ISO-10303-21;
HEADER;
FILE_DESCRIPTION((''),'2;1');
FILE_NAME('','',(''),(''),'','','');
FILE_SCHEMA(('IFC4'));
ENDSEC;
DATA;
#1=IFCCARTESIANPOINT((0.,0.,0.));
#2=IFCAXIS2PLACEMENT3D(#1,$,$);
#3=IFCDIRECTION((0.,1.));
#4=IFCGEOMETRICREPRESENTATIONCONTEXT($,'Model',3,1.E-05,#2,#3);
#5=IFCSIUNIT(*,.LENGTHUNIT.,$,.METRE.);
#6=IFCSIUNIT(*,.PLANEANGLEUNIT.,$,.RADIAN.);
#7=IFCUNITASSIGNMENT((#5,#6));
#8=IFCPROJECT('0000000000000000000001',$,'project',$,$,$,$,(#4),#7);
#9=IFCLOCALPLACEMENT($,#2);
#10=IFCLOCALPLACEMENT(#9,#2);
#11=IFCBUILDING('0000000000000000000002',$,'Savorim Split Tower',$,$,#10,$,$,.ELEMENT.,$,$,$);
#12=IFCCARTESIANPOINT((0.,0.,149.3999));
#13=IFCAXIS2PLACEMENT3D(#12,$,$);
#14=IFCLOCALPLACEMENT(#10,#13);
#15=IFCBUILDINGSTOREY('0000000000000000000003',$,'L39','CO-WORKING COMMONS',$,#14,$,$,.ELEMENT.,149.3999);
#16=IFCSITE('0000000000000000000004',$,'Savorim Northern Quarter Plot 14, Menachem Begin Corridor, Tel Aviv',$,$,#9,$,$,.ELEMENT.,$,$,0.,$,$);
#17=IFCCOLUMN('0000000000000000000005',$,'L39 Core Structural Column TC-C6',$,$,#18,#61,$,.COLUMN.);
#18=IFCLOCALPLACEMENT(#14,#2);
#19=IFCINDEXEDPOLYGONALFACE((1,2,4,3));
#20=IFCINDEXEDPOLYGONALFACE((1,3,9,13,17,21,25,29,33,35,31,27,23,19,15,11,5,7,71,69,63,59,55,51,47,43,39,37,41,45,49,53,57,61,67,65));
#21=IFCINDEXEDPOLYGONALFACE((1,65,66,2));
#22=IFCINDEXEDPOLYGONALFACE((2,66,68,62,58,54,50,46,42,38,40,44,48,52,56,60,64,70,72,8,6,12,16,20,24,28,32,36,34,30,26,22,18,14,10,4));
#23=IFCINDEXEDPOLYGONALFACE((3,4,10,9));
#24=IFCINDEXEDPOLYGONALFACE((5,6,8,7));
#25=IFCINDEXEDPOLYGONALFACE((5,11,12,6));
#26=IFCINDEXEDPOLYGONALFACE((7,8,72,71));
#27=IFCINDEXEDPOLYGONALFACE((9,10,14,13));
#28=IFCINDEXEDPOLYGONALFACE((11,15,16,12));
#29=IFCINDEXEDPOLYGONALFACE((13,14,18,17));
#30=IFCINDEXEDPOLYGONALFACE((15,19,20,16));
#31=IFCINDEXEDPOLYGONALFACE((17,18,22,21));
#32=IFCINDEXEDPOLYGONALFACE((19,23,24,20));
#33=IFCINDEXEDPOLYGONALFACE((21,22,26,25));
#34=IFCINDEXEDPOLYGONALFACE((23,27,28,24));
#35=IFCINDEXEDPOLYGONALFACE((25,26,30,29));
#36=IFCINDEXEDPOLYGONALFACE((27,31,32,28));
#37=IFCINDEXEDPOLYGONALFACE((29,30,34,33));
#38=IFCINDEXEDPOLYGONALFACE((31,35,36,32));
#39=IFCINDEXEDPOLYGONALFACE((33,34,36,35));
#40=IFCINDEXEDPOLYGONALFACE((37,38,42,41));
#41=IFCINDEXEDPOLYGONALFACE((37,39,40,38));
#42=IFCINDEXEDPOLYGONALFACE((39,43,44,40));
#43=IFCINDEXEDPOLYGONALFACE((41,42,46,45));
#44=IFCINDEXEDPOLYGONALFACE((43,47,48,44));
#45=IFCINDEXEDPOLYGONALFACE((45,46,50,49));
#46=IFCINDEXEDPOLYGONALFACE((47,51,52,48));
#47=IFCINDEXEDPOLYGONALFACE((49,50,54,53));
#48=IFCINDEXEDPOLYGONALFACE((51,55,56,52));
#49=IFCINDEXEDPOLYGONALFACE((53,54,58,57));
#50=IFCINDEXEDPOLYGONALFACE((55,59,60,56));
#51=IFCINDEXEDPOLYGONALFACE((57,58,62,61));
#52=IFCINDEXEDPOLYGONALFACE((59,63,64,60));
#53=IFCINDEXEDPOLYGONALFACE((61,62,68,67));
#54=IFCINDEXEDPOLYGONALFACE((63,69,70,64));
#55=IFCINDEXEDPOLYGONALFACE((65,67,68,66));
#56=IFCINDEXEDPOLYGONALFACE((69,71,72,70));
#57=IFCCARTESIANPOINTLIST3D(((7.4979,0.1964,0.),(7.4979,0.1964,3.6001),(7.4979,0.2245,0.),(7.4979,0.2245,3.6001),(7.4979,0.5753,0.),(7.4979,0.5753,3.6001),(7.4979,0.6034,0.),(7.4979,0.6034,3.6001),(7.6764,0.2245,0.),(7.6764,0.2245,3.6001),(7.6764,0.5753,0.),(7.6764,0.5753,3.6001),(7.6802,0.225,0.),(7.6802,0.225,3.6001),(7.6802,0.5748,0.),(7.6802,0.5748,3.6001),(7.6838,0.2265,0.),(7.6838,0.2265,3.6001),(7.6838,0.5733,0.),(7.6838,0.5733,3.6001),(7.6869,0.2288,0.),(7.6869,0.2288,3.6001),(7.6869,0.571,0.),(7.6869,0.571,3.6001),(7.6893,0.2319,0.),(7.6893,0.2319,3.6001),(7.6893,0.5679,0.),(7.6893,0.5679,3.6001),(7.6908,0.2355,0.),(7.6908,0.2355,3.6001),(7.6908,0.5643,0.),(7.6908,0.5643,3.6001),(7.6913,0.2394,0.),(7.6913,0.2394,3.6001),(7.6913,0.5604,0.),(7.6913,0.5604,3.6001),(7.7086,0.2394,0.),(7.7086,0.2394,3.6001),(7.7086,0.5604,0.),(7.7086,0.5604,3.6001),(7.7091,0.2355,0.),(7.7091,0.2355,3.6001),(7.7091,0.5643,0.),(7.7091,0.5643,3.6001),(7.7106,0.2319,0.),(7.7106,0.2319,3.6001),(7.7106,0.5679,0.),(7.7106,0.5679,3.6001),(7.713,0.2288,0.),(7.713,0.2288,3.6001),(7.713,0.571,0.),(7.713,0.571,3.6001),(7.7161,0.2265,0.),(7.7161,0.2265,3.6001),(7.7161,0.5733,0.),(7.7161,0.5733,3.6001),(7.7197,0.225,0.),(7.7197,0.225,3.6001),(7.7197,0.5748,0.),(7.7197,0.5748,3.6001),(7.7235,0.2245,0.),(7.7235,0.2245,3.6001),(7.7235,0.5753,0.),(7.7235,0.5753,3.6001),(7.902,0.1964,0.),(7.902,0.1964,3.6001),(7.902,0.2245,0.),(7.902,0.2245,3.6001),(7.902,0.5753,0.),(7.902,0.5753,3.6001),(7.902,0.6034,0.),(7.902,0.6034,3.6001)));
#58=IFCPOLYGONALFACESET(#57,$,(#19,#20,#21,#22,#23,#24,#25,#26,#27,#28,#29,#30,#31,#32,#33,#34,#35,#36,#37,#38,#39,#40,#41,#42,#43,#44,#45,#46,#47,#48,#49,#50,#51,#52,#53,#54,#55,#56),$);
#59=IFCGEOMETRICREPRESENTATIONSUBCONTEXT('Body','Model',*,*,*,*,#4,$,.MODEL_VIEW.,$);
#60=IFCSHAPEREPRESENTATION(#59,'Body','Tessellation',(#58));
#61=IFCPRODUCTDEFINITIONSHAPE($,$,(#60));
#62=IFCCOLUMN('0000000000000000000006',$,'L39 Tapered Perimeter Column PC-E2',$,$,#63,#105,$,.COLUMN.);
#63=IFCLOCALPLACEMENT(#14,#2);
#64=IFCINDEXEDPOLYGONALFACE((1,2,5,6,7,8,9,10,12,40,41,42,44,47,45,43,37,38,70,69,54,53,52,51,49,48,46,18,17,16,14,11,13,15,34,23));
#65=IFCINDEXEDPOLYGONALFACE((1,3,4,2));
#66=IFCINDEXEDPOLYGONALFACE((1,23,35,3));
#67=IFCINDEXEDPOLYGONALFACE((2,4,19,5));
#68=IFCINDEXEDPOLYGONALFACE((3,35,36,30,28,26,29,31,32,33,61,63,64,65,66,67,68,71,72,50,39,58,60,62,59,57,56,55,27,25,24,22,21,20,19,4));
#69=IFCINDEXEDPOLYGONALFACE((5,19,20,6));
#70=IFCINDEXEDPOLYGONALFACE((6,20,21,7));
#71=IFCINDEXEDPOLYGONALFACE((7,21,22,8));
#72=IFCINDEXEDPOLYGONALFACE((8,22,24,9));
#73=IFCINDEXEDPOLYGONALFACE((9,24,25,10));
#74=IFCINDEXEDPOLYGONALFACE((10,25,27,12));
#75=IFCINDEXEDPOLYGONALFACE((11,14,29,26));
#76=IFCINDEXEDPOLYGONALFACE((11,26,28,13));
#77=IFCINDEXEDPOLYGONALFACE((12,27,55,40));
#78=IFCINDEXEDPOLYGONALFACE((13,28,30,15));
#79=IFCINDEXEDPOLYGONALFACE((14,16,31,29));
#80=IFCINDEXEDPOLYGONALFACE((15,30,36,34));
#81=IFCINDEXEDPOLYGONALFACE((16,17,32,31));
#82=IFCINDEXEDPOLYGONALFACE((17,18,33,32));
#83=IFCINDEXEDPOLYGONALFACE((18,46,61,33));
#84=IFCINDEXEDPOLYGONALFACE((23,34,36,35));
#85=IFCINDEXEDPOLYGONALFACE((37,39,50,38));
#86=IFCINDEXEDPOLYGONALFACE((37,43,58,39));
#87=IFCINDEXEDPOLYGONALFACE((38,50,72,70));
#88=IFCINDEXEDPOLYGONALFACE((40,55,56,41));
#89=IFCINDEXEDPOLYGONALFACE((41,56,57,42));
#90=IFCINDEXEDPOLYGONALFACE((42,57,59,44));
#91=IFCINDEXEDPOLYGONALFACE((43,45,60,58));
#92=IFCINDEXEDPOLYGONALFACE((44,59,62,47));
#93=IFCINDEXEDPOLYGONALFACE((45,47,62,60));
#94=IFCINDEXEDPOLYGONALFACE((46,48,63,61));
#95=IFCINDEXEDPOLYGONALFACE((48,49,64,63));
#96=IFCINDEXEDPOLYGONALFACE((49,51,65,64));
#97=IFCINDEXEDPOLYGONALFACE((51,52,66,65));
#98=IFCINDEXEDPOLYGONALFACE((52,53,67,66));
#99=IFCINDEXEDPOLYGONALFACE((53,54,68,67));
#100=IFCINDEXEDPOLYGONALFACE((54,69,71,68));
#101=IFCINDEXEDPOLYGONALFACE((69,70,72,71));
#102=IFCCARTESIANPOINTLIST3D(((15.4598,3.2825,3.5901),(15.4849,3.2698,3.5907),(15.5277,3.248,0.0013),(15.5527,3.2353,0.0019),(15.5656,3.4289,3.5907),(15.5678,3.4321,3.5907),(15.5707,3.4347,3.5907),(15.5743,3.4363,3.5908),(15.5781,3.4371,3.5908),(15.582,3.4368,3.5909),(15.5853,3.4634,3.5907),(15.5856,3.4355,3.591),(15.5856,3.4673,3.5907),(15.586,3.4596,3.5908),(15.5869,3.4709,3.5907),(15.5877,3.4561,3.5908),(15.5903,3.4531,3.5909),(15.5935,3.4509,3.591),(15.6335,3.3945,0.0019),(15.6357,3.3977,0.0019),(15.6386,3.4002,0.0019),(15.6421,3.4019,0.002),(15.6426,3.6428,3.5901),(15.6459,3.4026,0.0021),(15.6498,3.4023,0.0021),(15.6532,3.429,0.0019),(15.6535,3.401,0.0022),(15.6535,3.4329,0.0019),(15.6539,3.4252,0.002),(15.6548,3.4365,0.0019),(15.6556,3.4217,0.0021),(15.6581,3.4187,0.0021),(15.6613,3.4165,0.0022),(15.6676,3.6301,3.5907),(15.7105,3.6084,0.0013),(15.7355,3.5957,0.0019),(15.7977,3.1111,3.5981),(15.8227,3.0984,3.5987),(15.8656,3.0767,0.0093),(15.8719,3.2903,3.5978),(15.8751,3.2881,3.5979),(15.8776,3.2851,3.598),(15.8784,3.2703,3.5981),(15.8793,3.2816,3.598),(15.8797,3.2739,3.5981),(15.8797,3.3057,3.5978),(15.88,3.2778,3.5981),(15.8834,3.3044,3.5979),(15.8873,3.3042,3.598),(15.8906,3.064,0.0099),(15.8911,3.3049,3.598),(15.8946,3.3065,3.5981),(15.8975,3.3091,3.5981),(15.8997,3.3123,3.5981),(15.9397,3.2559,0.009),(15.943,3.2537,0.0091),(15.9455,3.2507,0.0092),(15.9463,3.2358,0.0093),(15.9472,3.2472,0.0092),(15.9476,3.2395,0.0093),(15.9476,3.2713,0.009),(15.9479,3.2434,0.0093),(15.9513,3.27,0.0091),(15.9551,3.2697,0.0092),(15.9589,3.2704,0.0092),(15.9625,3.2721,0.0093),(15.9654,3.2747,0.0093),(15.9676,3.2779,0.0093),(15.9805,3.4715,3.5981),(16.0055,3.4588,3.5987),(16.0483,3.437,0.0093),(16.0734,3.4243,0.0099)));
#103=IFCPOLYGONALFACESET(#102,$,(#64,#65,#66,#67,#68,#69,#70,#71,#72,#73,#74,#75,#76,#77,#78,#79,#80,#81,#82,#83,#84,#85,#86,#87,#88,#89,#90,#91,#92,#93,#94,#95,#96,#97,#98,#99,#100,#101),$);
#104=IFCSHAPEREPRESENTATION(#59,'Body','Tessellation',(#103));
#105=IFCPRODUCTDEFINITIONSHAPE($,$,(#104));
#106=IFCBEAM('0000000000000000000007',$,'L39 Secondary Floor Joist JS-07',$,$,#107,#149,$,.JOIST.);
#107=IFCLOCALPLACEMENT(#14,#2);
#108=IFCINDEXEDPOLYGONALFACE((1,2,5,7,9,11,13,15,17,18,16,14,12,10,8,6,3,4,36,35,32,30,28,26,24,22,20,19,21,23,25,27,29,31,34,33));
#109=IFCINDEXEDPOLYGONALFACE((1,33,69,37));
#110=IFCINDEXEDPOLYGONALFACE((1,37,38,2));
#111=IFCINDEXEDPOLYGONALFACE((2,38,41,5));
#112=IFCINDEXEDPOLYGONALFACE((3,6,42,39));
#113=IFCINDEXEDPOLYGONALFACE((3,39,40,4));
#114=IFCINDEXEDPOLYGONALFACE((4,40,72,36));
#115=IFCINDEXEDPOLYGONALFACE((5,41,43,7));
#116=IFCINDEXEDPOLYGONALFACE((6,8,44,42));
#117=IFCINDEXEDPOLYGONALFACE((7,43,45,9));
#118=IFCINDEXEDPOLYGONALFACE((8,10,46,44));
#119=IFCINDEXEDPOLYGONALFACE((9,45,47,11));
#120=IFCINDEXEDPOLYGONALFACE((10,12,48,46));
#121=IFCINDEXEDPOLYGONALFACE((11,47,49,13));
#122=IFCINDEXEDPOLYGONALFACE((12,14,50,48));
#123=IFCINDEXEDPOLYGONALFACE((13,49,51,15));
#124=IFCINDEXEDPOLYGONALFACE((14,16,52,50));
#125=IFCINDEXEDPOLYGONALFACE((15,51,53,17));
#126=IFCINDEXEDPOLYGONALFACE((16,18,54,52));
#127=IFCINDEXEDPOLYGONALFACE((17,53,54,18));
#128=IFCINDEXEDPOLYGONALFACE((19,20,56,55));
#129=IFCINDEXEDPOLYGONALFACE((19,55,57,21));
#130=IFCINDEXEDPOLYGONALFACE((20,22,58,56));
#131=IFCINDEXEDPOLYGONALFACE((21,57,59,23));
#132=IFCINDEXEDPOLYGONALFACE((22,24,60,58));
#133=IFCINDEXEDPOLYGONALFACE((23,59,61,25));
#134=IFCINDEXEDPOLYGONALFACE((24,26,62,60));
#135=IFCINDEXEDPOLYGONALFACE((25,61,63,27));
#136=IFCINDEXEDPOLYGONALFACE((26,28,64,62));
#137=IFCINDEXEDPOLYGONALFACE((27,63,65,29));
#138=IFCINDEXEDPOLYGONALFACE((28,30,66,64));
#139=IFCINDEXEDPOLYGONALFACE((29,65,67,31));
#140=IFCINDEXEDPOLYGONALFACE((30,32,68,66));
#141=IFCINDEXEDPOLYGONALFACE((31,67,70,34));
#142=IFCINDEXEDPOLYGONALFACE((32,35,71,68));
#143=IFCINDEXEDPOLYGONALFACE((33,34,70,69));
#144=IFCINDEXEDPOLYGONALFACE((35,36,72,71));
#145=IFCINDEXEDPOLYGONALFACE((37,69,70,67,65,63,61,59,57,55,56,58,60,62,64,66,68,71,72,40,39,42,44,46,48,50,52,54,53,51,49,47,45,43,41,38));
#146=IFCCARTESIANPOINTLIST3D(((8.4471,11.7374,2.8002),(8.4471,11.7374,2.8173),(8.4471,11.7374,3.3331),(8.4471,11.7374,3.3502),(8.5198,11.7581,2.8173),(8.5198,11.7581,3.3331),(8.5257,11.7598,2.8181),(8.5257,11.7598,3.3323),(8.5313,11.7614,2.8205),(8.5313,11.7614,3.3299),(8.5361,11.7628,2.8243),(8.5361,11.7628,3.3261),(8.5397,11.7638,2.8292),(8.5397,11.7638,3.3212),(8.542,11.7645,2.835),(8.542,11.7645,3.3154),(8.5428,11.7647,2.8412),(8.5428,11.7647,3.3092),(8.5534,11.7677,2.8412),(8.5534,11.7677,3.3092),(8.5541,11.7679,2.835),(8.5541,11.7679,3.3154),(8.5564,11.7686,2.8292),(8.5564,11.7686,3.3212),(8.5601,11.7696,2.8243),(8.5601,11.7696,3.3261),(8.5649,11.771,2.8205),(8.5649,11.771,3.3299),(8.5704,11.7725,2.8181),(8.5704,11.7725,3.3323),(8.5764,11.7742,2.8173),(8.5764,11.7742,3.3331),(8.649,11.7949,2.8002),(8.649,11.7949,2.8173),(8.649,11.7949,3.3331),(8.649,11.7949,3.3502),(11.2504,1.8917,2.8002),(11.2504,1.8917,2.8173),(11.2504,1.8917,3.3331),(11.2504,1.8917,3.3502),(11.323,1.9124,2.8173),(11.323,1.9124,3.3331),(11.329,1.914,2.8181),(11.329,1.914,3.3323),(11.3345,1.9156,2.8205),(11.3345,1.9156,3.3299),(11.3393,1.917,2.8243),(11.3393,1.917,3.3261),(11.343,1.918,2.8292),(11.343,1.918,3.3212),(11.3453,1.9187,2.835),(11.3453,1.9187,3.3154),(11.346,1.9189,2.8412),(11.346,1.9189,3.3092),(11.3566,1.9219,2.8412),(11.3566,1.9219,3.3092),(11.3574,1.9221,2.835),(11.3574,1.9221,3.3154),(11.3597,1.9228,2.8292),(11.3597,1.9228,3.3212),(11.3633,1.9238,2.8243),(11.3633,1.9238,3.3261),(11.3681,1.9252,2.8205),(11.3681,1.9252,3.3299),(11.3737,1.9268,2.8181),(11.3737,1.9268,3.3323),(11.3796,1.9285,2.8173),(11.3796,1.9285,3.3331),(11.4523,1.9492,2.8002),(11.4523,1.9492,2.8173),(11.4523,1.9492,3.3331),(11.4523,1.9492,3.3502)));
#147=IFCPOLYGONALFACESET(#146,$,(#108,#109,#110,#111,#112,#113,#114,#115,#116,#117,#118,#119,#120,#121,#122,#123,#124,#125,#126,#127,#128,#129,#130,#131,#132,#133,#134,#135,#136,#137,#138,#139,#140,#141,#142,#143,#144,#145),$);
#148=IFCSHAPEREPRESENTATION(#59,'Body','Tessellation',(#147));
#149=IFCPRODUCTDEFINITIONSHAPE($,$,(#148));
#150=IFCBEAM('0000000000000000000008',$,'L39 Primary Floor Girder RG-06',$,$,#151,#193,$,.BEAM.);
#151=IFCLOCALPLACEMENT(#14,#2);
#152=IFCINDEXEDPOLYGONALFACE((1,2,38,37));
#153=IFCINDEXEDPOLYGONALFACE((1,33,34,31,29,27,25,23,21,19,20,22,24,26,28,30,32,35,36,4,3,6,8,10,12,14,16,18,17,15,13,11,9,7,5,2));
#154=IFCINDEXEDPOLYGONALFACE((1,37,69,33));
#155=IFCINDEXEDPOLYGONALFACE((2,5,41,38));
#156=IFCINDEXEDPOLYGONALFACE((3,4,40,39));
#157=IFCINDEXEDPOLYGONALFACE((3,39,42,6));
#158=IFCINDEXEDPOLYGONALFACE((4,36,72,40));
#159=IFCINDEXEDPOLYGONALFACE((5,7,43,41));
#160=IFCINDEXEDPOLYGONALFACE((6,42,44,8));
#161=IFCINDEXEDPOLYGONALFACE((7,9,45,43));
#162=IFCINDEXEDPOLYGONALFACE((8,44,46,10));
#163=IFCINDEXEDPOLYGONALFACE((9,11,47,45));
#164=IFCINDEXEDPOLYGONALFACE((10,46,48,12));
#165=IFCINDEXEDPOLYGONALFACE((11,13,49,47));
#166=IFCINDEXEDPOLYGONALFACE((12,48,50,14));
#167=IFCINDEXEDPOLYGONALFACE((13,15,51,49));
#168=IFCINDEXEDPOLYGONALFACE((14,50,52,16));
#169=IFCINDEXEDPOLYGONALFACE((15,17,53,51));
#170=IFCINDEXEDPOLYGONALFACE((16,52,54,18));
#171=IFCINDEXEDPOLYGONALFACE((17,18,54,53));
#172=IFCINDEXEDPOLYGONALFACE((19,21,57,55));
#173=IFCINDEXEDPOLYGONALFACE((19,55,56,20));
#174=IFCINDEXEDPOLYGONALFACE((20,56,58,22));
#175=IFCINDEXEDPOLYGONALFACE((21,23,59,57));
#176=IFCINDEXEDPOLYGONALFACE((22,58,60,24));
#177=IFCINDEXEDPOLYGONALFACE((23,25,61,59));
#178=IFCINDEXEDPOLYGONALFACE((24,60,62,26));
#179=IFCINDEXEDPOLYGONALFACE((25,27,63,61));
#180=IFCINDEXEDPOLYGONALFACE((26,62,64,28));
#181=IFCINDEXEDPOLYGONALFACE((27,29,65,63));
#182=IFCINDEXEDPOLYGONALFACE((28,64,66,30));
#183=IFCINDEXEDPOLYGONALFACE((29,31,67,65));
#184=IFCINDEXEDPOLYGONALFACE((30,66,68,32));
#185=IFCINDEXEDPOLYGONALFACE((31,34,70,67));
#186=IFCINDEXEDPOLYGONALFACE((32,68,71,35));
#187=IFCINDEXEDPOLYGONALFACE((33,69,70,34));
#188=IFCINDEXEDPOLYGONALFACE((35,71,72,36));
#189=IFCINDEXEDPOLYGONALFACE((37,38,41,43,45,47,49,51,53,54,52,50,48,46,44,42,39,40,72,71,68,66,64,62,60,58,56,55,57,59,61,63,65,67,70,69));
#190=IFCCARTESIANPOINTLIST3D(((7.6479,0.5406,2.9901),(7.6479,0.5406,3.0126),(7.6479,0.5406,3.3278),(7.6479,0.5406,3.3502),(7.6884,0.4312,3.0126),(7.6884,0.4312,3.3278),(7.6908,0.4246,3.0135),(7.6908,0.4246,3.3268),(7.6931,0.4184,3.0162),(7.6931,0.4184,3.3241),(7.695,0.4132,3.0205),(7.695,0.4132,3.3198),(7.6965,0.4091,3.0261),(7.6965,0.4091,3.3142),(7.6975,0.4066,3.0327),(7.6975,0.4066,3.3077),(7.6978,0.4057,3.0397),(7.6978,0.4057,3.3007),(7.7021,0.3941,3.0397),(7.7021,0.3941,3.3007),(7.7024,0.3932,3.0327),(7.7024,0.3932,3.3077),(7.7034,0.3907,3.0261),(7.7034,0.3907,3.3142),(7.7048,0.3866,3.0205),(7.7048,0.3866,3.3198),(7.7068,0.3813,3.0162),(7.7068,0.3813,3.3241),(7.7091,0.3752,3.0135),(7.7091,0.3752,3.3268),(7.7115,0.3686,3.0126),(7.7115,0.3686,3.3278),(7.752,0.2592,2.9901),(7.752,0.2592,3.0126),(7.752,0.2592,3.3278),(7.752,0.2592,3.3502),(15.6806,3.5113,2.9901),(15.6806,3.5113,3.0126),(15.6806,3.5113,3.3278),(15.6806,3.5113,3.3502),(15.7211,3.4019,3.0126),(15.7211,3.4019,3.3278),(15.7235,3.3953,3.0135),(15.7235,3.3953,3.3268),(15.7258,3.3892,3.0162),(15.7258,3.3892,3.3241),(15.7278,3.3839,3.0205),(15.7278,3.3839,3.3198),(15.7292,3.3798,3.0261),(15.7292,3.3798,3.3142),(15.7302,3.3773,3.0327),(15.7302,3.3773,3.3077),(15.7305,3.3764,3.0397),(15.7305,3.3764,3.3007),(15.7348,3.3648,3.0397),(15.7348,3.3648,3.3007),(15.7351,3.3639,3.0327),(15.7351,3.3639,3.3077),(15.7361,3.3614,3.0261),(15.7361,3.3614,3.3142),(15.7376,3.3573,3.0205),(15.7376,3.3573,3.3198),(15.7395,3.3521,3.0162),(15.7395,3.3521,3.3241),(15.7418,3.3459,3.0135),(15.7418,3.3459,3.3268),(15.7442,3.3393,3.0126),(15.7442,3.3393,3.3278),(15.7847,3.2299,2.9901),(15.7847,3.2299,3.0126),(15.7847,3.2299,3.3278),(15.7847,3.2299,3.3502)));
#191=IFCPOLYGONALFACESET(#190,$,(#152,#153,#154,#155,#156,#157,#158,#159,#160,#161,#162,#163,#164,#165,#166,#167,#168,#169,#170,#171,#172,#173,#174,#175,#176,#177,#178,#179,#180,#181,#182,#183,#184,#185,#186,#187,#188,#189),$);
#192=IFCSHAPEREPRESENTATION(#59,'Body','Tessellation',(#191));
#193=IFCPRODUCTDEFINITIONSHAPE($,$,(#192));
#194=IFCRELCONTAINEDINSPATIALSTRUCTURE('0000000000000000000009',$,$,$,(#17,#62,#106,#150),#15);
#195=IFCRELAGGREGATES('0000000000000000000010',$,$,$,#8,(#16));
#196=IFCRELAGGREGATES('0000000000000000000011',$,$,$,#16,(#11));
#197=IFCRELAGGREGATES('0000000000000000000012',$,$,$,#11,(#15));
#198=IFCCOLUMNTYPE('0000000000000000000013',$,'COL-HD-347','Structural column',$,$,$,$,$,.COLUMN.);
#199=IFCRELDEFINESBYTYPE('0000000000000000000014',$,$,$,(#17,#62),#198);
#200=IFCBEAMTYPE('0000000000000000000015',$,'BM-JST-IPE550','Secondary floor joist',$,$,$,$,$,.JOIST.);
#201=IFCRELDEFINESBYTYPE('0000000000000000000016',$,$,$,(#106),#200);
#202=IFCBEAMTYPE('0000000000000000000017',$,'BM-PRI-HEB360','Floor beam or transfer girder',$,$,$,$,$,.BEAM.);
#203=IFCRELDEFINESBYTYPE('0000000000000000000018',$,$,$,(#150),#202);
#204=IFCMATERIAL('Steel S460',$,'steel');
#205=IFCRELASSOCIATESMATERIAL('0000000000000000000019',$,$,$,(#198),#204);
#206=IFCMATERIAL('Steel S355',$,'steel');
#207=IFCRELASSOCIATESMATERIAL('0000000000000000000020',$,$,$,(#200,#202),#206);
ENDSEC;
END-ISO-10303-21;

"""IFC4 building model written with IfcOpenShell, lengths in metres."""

from ifc_helpers import new_model, si_unit, direction, frame, origin, origin_2d, place, context, subcontext, project, spatial, i_section, extrude, material, material_profile, profile_set, type_object, element, save


model = new_model("IFC4")

# Units and contexts
model_context = context("Model", 3, precision=1e-05, world=origin(), true_north=direction((0.0, 1.0)))
body_context = subcontext(model_context, "Body", "Model", "MODEL_VIEW")
ifc_project = project(units=[si_unit("LENGTHUNIT", "METRE"), si_unit("PLANEANGLEUNIT", "RADIAN")], contexts=[model_context])

# Site, building, storey
site_placement = place(None, origin())
site = spatial("IfcSite", under=ifc_project, at=site_placement, Name="Savorim Northern Quarter Plot 14, Menachem Begin Corridor, Tel Aviv", CompositionType="ELEMENT", RefElevation=0.0)
building_placement = place(site_placement, origin())
building = spatial("IfcBuilding", under=site, at=building_placement, Name="Savorim Split Tower", CompositionType="ELEMENT")
storey_placement = place(building_placement, frame((0.0, 0.0, 149.3999)))
storey = spatial("IfcBuildingStorey", under=building, at=storey_placement, Name="L39", Description="CO-WORKING COMMONS", CompositionType="ELEMENT", Elevation=149.3999)

# Columns
ifc_material_1 = material(Name="Steel S460", Category="steel")
ifc_material_profile_1 = material_profile(ifc_material_1, i_section(OverallWidth=0.4041, OverallDepth=0.407, WebThickness=0.0173, FlangeThickness=0.0281, FilletRadius=0.0149, at=origin_2d()), Name="HD 400x347")
ifc_profile_set_1 = profile_set([ifc_material_profile_1], Name="Steel S460")
column_type = type_object("IfcColumnType", Name="COL-HD-347", Description="Structural column", PredefinedType="COLUMN", material=ifc_profile_set_1)
column_1_placement = place(storey_placement, frame((7.7, 0.3999, 0.0), z_axis=(0.0, 0.0, 1.0), x_axis=(1.0, 0.0, 0.0)))
element("IfcColumn", 1, at=column_1_placement, inside=storey, type_object=column_type, Name="L39 Core Structural Column TC-C6", PredefinedType="COLUMN", context=body_context, shape_type="SweptSolid", body=[
    extrude(i_section(OverallWidth=0.4041, OverallDepth=0.407, WebThickness=0.0173, FlangeThickness=0.0281, FilletRadius=0.0149, at=origin_2d()), origin(), (0.0, 0.0, 1.0), 3.6001),
])
column_2_placement = place(storey_placement, frame((15.8005, 3.3362, 0.0056), z_axis=(-0.018907, 0.00959, 0.999775), x_axis=(-0.452339, -0.891846, 0.0)))
element("IfcColumn", 2, at=column_2_placement, inside=storey, type_object=column_type, Name="L39 Tapered Perimeter Column PC-E2", PredefinedType="COLUMN", context=body_context, shape_type="SweptSolid", body=[
    extrude(i_section(OverallWidth=0.4041, OverallDepth=0.407, WebThickness=0.0173, FlangeThickness=0.0281, FilletRadius=0.0149, at=origin_2d()), origin(), (0.0, 0.0, 1.0), 3.5896),
])

# Beams
ifc_material_2 = material(Name="Steel S355", Category="steel")
ifc_material_profile_2 = material_profile(ifc_material_2, i_section(OverallWidth=0.21, OverallDepth=0.55, WebThickness=0.011, FlangeThickness=0.0171, FilletRadius=0.0239, at=origin_2d()), Name="IPE 550")
ifc_profile_set_2 = profile_set([ifc_material_profile_2], Name="Steel S355")
beam_type_1 = type_object("IfcBeamType", Name="BM-JST-IPE550", Description="Secondary floor joist", PredefinedType="JOIST", material=ifc_profile_set_2)
beam_1_placement = place(storey_placement, frame((11.3513, 1.9204, 3.0752), z_axis=(-0.273833, 0.961777, 0.0), x_axis=(-0.961777, -0.273833, 0.0)))
element("IfcBeam", 3, at=beam_1_placement, inside=storey, type_object=beam_type_1, Name="L39 Secondary Floor Joist JS-07", PredefinedType="JOIST", context=body_context, shape_type="SweptSolid", body=[
    extrude(i_section(OverallWidth=0.21, OverallDepth=0.55, WebThickness=0.011, FlangeThickness=0.0171, FilletRadius=0.0239, at=origin_2d()), origin(), (0.0, 0.0, 1.0), 10.2371),
])
ifc_material_profile_3 = material_profile(ifc_material_2, i_section(OverallWidth=0.3, OverallDepth=0.3601, WebThickness=0.0125, FlangeThickness=0.0225, FilletRadius=0.0271, at=origin_2d()), Name="HEB 360")
ifc_profile_set_3 = profile_set([ifc_material_profile_3], Name="Steel S355")
beam_type_2 = type_object("IfcBeamType", Name="BM-PRI-HEB360", Description="Floor beam or transfer girder", PredefinedType="BEAM", material=ifc_profile_set_3)
beam_2_placement = place(storey_placement, frame((15.7327, 3.3706, 3.1702), z_axis=(-0.937915, -0.346865, 0.0), x_axis=(0.346865, -0.937915, 0.0)))
element("IfcBeam", 4, at=beam_2_placement, inside=storey, type_object=beam_type_2, Name="L39 Primary Floor Girder RG-06", PredefinedType="BEAM", context=body_context, shape_type="SweptSolid", body=[
    extrude(i_section(OverallWidth=0.3, OverallDepth=0.3601, WebThickness=0.0125, FlangeThickness=0.0225, FilletRadius=0.0271, at=origin_2d()), origin(), (0.0, 0.0, 1.0), 8.5645),
])

save(model, "model.ifc")
